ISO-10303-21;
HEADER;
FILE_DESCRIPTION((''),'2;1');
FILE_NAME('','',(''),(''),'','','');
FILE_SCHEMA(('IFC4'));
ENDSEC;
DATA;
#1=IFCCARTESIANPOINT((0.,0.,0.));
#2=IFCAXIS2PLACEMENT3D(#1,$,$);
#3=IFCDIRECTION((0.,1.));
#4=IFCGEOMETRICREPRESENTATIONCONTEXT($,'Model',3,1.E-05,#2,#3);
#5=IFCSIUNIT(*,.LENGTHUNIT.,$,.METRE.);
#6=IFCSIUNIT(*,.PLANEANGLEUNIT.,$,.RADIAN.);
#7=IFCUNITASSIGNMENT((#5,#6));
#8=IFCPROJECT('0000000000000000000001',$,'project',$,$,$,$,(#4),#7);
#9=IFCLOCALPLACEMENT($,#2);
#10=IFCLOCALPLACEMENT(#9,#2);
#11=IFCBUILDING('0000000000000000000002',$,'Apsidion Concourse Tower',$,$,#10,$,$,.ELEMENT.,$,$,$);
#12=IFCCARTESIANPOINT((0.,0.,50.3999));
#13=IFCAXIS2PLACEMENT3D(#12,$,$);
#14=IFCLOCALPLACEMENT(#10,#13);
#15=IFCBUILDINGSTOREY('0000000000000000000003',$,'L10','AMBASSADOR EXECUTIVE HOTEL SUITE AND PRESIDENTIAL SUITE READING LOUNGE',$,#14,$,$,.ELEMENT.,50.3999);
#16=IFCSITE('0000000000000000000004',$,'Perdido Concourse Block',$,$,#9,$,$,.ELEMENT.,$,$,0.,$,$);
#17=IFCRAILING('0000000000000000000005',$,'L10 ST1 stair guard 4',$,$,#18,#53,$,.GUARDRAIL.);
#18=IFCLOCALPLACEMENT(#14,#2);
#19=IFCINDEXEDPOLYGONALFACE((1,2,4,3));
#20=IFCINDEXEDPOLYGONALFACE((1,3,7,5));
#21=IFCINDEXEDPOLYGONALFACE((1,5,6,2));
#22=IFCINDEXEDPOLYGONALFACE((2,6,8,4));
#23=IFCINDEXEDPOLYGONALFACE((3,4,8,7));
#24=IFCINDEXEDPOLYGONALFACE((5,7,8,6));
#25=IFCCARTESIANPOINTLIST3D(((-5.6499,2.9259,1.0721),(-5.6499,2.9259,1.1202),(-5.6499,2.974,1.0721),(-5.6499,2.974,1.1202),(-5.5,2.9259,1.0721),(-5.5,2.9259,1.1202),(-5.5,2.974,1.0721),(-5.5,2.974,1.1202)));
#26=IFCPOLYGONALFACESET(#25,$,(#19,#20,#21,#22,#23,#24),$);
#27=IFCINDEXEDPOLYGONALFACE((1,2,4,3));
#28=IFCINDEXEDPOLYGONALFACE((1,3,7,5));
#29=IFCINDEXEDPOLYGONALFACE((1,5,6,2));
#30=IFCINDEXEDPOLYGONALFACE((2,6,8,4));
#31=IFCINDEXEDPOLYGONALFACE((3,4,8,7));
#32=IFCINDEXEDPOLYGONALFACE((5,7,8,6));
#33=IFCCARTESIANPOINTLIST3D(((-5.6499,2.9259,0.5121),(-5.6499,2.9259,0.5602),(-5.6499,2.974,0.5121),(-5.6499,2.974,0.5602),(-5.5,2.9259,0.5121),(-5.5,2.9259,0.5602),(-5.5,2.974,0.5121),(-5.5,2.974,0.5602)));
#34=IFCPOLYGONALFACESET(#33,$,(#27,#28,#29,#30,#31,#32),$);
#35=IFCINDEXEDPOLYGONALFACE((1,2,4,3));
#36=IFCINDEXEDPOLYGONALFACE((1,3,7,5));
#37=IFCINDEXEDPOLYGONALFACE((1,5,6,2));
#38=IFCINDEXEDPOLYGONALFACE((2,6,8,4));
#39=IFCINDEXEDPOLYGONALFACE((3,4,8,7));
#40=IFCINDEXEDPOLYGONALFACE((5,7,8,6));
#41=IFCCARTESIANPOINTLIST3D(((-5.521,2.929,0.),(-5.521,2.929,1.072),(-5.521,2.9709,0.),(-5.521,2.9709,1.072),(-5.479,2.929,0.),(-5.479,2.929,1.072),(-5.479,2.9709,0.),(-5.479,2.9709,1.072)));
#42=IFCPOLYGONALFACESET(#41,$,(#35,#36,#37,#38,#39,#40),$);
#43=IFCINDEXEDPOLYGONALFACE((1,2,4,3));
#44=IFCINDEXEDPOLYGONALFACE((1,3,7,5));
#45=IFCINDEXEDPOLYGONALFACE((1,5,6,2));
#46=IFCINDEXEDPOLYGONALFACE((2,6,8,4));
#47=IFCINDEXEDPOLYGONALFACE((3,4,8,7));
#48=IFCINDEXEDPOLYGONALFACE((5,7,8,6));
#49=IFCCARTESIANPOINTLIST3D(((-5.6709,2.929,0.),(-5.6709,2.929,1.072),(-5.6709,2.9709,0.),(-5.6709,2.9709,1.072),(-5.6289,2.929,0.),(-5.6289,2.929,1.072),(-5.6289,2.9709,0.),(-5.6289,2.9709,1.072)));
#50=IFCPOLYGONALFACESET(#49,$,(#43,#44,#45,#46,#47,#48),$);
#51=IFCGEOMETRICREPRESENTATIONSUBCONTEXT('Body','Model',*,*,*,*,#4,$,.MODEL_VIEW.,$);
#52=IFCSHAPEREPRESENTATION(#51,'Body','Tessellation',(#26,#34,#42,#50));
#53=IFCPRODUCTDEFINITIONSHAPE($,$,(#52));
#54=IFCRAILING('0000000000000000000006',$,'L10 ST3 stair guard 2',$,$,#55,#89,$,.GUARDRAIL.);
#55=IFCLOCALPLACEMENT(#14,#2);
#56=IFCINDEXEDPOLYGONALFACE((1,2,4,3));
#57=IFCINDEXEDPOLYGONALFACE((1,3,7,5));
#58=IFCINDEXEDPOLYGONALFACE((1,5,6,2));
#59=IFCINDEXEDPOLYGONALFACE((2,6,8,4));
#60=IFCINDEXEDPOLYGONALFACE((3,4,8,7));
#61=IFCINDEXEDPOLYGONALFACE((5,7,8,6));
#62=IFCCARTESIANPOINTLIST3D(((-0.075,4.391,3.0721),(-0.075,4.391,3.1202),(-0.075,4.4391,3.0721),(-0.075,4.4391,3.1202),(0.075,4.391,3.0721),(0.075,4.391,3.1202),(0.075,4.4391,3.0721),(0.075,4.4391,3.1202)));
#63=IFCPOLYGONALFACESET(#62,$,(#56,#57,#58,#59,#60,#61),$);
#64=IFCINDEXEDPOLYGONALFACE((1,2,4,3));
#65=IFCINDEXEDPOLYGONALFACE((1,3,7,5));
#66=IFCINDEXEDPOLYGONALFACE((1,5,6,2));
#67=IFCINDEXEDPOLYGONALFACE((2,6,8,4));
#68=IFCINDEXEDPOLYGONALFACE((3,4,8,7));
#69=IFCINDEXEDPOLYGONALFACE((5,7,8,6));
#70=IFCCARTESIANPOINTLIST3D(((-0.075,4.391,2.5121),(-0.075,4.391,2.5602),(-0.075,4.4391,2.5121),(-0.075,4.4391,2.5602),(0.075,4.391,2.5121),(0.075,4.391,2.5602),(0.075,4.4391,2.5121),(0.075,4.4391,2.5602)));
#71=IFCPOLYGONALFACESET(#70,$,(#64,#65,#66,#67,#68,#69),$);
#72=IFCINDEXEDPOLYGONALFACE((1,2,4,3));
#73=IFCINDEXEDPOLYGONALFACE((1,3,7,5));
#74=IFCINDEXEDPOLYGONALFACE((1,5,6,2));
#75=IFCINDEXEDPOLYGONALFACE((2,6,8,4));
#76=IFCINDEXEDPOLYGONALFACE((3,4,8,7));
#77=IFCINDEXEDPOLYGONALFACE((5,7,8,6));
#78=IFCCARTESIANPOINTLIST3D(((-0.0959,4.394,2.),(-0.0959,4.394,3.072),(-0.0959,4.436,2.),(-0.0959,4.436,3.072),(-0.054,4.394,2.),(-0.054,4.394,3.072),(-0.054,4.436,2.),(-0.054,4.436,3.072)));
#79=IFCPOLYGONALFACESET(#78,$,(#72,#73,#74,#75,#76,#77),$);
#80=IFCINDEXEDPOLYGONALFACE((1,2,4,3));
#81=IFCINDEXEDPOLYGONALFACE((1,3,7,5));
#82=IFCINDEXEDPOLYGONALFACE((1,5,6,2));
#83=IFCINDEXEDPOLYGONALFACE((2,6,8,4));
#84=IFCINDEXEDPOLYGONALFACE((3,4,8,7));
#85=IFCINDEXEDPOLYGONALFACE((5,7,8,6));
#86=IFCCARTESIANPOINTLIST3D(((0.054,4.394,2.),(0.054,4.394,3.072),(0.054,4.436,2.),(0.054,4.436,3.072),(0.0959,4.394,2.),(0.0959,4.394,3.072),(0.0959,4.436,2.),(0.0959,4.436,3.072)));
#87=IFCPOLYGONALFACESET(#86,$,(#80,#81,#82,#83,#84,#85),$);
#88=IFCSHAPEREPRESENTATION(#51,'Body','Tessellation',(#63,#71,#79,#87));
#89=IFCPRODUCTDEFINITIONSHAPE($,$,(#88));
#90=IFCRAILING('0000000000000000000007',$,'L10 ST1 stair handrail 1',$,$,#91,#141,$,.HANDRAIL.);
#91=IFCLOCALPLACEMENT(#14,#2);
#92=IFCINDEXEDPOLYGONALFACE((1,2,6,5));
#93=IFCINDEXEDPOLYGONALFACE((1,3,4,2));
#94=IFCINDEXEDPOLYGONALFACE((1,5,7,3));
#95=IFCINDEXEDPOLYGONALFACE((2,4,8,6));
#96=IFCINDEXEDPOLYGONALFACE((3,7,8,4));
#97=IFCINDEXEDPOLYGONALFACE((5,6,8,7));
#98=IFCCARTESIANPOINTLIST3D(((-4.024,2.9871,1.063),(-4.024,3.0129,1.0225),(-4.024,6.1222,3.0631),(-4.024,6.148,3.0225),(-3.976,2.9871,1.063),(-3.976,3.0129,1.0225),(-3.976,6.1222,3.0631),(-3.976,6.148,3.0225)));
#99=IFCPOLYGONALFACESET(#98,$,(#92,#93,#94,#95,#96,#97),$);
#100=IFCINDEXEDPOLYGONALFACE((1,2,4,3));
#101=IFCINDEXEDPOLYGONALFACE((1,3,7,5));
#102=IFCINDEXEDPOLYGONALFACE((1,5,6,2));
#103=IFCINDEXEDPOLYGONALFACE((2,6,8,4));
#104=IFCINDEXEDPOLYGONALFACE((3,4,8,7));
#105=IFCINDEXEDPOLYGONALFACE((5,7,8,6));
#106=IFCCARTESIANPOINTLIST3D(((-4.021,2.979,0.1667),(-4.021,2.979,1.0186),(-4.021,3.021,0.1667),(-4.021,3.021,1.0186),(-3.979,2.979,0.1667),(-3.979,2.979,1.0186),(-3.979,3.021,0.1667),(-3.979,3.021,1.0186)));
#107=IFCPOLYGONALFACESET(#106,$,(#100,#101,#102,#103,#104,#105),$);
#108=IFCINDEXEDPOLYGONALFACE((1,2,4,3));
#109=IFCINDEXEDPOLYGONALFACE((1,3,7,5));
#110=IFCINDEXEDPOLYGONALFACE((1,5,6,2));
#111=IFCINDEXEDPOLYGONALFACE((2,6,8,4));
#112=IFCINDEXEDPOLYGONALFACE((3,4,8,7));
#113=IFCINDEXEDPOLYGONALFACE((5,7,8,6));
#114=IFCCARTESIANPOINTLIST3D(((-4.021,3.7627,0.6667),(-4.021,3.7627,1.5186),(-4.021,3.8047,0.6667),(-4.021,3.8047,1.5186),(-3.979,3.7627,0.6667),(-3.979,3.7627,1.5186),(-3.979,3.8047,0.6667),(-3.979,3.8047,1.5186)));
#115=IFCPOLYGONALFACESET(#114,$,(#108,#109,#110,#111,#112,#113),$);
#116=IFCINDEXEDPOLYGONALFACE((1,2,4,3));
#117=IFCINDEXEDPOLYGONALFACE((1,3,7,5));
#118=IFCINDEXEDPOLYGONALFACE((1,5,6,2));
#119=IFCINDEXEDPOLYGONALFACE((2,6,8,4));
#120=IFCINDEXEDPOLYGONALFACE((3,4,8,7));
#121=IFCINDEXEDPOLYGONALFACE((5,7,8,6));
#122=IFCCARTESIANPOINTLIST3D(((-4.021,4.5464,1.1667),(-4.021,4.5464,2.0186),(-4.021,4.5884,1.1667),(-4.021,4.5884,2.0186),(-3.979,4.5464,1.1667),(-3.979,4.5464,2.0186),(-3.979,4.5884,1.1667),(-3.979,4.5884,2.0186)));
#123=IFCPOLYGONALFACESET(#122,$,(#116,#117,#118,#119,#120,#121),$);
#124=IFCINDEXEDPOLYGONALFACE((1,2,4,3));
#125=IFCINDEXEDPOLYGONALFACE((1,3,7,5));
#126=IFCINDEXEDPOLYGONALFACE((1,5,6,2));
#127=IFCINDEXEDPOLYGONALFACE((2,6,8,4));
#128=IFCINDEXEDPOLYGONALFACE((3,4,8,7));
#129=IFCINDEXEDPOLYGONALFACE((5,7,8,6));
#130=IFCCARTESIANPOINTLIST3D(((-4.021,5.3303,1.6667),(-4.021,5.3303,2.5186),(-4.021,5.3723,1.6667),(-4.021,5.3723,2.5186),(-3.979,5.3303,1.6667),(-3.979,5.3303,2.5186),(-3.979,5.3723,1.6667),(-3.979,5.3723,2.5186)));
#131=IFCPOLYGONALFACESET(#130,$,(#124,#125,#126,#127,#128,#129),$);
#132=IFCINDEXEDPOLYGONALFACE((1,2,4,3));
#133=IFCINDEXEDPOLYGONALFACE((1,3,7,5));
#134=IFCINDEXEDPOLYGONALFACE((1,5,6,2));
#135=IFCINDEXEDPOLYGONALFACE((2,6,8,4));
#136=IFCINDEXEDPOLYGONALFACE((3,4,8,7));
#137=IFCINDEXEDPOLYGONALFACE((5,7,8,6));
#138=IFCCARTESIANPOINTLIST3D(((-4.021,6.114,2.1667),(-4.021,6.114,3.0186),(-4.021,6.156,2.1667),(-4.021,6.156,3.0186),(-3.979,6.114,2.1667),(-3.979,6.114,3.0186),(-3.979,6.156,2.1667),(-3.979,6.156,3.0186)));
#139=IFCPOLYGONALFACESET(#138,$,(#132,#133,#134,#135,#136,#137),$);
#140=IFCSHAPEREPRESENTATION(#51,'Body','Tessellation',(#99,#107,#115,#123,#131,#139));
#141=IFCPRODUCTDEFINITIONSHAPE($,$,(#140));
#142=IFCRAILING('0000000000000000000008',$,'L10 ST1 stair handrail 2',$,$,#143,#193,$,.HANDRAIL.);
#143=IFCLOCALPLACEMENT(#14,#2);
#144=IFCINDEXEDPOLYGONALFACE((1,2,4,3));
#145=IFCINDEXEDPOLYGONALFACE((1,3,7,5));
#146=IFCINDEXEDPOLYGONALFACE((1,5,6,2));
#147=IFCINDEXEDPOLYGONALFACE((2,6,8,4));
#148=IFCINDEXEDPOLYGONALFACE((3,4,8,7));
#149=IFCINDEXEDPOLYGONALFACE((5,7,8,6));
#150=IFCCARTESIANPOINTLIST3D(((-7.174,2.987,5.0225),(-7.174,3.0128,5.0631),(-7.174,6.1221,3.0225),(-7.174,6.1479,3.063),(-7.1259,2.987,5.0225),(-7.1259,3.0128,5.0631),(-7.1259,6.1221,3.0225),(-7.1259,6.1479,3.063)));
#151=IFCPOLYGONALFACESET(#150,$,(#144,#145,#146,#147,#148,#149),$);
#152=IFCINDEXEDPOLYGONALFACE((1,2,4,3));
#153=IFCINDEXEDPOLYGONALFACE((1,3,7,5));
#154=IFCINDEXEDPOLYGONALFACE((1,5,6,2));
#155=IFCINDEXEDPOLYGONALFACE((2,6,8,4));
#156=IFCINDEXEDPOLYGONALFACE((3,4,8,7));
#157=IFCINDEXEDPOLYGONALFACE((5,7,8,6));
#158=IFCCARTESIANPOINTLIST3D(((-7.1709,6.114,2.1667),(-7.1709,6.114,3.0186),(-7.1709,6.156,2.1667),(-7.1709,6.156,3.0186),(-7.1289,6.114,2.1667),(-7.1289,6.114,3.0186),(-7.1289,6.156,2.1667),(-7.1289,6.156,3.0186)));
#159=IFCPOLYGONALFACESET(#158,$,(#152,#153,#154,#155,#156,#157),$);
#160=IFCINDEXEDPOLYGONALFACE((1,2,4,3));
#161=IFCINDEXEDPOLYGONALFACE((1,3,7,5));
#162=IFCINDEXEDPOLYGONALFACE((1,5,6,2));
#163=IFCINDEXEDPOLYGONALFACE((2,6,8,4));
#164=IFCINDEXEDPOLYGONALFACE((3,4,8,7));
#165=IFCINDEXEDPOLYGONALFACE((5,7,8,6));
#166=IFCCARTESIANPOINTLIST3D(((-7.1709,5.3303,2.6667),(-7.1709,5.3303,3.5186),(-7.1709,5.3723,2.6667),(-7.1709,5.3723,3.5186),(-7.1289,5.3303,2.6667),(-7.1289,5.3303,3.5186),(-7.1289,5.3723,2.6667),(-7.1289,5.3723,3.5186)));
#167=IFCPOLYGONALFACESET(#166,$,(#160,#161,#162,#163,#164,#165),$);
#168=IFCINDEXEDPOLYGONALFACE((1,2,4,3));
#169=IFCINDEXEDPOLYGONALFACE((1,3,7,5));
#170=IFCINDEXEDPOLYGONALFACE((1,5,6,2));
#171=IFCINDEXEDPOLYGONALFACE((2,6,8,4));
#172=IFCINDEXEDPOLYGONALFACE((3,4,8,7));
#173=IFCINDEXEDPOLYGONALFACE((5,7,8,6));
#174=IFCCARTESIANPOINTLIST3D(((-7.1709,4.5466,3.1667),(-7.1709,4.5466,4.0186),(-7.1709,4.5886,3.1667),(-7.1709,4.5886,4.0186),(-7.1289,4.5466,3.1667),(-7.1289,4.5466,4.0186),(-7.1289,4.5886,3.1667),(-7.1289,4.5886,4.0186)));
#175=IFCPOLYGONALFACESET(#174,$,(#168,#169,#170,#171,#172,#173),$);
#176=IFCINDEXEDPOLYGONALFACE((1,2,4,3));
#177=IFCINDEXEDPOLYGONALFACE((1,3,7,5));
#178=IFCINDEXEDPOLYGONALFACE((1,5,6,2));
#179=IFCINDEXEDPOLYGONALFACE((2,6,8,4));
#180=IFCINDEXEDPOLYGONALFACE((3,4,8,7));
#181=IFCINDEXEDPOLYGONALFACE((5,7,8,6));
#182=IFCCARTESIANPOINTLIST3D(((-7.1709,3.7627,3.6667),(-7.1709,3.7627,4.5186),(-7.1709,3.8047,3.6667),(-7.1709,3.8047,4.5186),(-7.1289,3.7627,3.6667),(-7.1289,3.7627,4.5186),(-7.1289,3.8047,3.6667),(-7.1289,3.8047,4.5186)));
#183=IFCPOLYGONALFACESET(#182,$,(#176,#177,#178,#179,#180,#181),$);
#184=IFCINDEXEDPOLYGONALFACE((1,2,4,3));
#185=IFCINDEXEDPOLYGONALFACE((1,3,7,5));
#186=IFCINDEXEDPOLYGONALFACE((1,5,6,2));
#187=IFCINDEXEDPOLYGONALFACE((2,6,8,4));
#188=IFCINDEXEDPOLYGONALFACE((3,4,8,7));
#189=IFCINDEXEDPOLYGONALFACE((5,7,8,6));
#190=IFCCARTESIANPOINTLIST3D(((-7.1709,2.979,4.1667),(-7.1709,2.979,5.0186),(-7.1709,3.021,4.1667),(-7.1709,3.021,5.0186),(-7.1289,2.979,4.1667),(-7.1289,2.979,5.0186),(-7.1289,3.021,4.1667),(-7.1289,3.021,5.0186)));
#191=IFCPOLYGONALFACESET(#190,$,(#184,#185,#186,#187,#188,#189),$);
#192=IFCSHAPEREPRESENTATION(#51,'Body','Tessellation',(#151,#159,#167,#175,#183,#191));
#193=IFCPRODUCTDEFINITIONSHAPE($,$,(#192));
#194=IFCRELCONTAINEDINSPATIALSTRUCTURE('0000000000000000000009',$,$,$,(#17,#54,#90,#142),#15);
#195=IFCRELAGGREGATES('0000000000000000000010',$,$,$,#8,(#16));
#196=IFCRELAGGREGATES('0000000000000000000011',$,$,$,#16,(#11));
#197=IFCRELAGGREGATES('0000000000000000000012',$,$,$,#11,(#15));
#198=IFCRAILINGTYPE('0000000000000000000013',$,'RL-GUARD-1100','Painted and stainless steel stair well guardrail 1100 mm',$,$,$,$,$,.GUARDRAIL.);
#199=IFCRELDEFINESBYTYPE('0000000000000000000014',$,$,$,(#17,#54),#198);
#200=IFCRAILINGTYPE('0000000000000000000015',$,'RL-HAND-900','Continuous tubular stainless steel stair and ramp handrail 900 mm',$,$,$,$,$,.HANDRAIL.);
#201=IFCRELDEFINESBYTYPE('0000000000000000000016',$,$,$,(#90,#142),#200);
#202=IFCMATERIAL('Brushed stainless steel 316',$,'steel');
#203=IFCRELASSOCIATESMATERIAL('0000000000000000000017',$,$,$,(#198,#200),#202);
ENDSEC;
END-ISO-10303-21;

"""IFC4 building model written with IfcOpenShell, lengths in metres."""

from ifc_helpers import new_model, si_unit, direction, frame, origin, origin_2d, place, context, subcontext, project, spatial, rectangle, extrude, material, type_object, element, save


model = new_model("IFC4")

# Units and contexts
model_context = context("Model", 3, precision=1e-05, world=origin(), true_north=direction((0.0, 1.0)))
body_context = subcontext(model_context, "Body", "Model", "MODEL_VIEW")
ifc_project = project(units=[si_unit("LENGTHUNIT", "METRE"), si_unit("PLANEANGLEUNIT", "RADIAN")], contexts=[model_context])

# Site, building, storey
site_placement = place(None, origin())
site = spatial("IfcSite", under=ifc_project, at=site_placement, Name="Perdido Concourse Block", CompositionType="ELEMENT", RefElevation=0.0)
building_placement = place(site_placement, origin())
building = spatial("IfcBuilding", under=site, at=building_placement, Name="Apsidion Concourse Tower", CompositionType="ELEMENT")
storey_placement = place(building_placement, frame((0.0, 0.0, 50.3999)))
storey = spatial("IfcBuildingStorey", under=building, at=storey_placement, Name="L10", Description="AMBASSADOR EXECUTIVE HOTEL SUITE AND PRESIDENTIAL SUITE READING LOUNGE", CompositionType="ELEMENT", Elevation=50.3999)

# Shared definitions
ifc_material_1 = material(Name="Brushed stainless steel 316", Category="steel")

# Railings
railing_type_1 = type_object("IfcRailingType", Name="RL-GUARD-1100", Description="Painted and stainless steel stair well guardrail 1100 mm", PredefinedType="GUARDRAIL", material=ifc_material_1)
railing_1_placement = place(storey_placement, frame((-5.5, 2.95, 0.0)))
element("IfcRailing", 1, at=railing_1_placement, inside=storey, type_object=railing_type_1, Name="L10 ST1 stair guard 4", PredefinedType="GUARDRAIL", context=body_context, shape_type="SweptSolid", body=[
    extrude(rectangle(XDim=0.0481, YDim=0.0481, at=origin_2d()), frame((0.0, 0.0, 1.0962), z_axis=(-1.0, 0.0, 0.0), x_axis=(0.0, -1.0, 0.0)), (0.0, 0.0, 1.0), 0.1499),
    extrude(rectangle(XDim=0.0481, YDim=0.0481, at=origin_2d()), frame((0.0, 0.0, 0.5361), z_axis=(-1.0, 0.0, 0.0), x_axis=(0.0, -1.0, 0.0)), (0.0, 0.0, 1.0), 0.1499),
    extrude(rectangle(XDim=0.042, YDim=0.042, at=origin_2d()), origin(), (0.0, 0.0, 1.0), 1.072),
    extrude(rectangle(XDim=0.042, YDim=0.042, at=origin_2d()), frame((-0.1499, 0.0, 0.0)), (0.0, 0.0, 1.0), 1.072),
])
railing_2_placement = place(storey_placement, frame((-0.075, 4.415, 2.0)))
element("IfcRailing", 2, at=railing_2_placement, inside=storey, type_object=railing_type_1, Name="L10 ST3 stair guard 2", PredefinedType="GUARDRAIL", context=body_context, shape_type="SweptSolid", body=[
    extrude(rectangle(XDim=0.0481, YDim=0.0481, at=origin_2d()), frame((0.0, 0.0, 1.0962), z_axis=(1.0, 0.0, 0.0), x_axis=(0.0, 1.0, 0.0)), (0.0, 0.0, 1.0), 0.1499),
    extrude(rectangle(XDim=0.0481, YDim=0.0481, at=origin_2d()), frame((0.0, 0.0, 0.5361), z_axis=(1.0, 0.0, 0.0), x_axis=(0.0, 1.0, 0.0)), (0.0, 0.0, 1.0), 0.1499),
    extrude(rectangle(XDim=0.042, YDim=0.042, at=origin_2d()), origin(), (0.0, 0.0, 1.0), 1.072),
    extrude(rectangle(XDim=0.042, YDim=0.042, at=origin_2d()), frame((0.1499, 0.0, 0.0)), (0.0, 0.0, 1.0), 1.072),
])
railing_type_2 = type_object("IfcRailingType", Name="RL-HAND-900", Description="Continuous tubular stainless steel stair and ramp handrail 900 mm", PredefinedType="HANDRAIL", material=ifc_material_1)
railing_3_placement = place(storey_placement, frame((-4.0, 3.0, 0.1667)))
element("IfcRailing", 3, at=railing_3_placement, inside=storey, type_object=railing_type_2, Name="L10 ST1 stair handrail 1", PredefinedType="HANDRAIL", context=body_context, shape_type="SweptSolid", body=[
    extrude(rectangle(XDim=0.0481, YDim=0.0481, at=origin_2d()), frame((0.0, 0.0, 0.876), z_axis=(0.0, 0.843053, 0.537831), x_axis=(-1.0, 0.0, 0.0)), (0.0, 0.0, 1.0), 3.7188),
    extrude(rectangle(XDim=0.042, YDim=0.042, at=origin_2d()), origin(), (0.0, 0.0, 1.0), 0.8518),
    extrude(rectangle(XDim=0.042, YDim=0.042, at=origin_2d()), frame((0.0, 0.7837, 0.5)), (0.0, 0.0, 1.0), 0.8518),
    extrude(rectangle(XDim=0.042, YDim=0.042, at=origin_2d()), frame((0.0, 1.5674, 1.0)), (0.0, 0.0, 1.0), 0.8518),
    extrude(rectangle(XDim=0.042, YDim=0.042, at=origin_2d()), frame((0.0, 2.3513, 1.5)), (0.0, 0.0, 1.0), 0.8518),
    extrude(rectangle(XDim=0.042, YDim=0.042, at=origin_2d()), frame((0.0, 3.135, 2.0)), (0.0, 0.0, 1.0), 0.8518),
])
railing_4_placement = place(storey_placement, frame((-7.1499, 6.135, 2.1667)))
element("IfcRailing", 4, at=railing_4_placement, inside=storey, type_object=railing_type_2, Name="L10 ST1 stair handrail 2", PredefinedType="HANDRAIL", context=body_context, shape_type="SweptSolid", body=[
    extrude(rectangle(XDim=0.0481, YDim=0.0481, at=origin_2d()), frame((0.0, 0.0, 0.876), z_axis=(0.0, -0.843053, 0.537831), x_axis=(1.0, 0.0, 0.0)), (0.0, 0.0, 1.0), 3.7188),
    extrude(rectangle(XDim=0.042, YDim=0.042, at=origin_2d()), origin(), (0.0, 0.0, 1.0), 0.8518),
    extrude(rectangle(XDim=0.042, YDim=0.042, at=origin_2d()), frame((0.0, -0.7837, 0.5)), (0.0, 0.0, 1.0), 0.8518),
    extrude(rectangle(XDim=0.042, YDim=0.042, at=origin_2d()), frame((0.0, -1.5674, 1.0)), (0.0, 0.0, 1.0), 0.8518),
    extrude(rectangle(XDim=0.042, YDim=0.042, at=origin_2d()), frame((0.0, -2.3513, 1.5)), (0.0, 0.0, 1.0), 0.8518),
    extrude(rectangle(XDim=0.042, YDim=0.042, at=origin_2d()), frame((0.0, -3.135, 2.0)), (0.0, 0.0, 1.0), 0.8518),
])

save(model, "model.ifc")
